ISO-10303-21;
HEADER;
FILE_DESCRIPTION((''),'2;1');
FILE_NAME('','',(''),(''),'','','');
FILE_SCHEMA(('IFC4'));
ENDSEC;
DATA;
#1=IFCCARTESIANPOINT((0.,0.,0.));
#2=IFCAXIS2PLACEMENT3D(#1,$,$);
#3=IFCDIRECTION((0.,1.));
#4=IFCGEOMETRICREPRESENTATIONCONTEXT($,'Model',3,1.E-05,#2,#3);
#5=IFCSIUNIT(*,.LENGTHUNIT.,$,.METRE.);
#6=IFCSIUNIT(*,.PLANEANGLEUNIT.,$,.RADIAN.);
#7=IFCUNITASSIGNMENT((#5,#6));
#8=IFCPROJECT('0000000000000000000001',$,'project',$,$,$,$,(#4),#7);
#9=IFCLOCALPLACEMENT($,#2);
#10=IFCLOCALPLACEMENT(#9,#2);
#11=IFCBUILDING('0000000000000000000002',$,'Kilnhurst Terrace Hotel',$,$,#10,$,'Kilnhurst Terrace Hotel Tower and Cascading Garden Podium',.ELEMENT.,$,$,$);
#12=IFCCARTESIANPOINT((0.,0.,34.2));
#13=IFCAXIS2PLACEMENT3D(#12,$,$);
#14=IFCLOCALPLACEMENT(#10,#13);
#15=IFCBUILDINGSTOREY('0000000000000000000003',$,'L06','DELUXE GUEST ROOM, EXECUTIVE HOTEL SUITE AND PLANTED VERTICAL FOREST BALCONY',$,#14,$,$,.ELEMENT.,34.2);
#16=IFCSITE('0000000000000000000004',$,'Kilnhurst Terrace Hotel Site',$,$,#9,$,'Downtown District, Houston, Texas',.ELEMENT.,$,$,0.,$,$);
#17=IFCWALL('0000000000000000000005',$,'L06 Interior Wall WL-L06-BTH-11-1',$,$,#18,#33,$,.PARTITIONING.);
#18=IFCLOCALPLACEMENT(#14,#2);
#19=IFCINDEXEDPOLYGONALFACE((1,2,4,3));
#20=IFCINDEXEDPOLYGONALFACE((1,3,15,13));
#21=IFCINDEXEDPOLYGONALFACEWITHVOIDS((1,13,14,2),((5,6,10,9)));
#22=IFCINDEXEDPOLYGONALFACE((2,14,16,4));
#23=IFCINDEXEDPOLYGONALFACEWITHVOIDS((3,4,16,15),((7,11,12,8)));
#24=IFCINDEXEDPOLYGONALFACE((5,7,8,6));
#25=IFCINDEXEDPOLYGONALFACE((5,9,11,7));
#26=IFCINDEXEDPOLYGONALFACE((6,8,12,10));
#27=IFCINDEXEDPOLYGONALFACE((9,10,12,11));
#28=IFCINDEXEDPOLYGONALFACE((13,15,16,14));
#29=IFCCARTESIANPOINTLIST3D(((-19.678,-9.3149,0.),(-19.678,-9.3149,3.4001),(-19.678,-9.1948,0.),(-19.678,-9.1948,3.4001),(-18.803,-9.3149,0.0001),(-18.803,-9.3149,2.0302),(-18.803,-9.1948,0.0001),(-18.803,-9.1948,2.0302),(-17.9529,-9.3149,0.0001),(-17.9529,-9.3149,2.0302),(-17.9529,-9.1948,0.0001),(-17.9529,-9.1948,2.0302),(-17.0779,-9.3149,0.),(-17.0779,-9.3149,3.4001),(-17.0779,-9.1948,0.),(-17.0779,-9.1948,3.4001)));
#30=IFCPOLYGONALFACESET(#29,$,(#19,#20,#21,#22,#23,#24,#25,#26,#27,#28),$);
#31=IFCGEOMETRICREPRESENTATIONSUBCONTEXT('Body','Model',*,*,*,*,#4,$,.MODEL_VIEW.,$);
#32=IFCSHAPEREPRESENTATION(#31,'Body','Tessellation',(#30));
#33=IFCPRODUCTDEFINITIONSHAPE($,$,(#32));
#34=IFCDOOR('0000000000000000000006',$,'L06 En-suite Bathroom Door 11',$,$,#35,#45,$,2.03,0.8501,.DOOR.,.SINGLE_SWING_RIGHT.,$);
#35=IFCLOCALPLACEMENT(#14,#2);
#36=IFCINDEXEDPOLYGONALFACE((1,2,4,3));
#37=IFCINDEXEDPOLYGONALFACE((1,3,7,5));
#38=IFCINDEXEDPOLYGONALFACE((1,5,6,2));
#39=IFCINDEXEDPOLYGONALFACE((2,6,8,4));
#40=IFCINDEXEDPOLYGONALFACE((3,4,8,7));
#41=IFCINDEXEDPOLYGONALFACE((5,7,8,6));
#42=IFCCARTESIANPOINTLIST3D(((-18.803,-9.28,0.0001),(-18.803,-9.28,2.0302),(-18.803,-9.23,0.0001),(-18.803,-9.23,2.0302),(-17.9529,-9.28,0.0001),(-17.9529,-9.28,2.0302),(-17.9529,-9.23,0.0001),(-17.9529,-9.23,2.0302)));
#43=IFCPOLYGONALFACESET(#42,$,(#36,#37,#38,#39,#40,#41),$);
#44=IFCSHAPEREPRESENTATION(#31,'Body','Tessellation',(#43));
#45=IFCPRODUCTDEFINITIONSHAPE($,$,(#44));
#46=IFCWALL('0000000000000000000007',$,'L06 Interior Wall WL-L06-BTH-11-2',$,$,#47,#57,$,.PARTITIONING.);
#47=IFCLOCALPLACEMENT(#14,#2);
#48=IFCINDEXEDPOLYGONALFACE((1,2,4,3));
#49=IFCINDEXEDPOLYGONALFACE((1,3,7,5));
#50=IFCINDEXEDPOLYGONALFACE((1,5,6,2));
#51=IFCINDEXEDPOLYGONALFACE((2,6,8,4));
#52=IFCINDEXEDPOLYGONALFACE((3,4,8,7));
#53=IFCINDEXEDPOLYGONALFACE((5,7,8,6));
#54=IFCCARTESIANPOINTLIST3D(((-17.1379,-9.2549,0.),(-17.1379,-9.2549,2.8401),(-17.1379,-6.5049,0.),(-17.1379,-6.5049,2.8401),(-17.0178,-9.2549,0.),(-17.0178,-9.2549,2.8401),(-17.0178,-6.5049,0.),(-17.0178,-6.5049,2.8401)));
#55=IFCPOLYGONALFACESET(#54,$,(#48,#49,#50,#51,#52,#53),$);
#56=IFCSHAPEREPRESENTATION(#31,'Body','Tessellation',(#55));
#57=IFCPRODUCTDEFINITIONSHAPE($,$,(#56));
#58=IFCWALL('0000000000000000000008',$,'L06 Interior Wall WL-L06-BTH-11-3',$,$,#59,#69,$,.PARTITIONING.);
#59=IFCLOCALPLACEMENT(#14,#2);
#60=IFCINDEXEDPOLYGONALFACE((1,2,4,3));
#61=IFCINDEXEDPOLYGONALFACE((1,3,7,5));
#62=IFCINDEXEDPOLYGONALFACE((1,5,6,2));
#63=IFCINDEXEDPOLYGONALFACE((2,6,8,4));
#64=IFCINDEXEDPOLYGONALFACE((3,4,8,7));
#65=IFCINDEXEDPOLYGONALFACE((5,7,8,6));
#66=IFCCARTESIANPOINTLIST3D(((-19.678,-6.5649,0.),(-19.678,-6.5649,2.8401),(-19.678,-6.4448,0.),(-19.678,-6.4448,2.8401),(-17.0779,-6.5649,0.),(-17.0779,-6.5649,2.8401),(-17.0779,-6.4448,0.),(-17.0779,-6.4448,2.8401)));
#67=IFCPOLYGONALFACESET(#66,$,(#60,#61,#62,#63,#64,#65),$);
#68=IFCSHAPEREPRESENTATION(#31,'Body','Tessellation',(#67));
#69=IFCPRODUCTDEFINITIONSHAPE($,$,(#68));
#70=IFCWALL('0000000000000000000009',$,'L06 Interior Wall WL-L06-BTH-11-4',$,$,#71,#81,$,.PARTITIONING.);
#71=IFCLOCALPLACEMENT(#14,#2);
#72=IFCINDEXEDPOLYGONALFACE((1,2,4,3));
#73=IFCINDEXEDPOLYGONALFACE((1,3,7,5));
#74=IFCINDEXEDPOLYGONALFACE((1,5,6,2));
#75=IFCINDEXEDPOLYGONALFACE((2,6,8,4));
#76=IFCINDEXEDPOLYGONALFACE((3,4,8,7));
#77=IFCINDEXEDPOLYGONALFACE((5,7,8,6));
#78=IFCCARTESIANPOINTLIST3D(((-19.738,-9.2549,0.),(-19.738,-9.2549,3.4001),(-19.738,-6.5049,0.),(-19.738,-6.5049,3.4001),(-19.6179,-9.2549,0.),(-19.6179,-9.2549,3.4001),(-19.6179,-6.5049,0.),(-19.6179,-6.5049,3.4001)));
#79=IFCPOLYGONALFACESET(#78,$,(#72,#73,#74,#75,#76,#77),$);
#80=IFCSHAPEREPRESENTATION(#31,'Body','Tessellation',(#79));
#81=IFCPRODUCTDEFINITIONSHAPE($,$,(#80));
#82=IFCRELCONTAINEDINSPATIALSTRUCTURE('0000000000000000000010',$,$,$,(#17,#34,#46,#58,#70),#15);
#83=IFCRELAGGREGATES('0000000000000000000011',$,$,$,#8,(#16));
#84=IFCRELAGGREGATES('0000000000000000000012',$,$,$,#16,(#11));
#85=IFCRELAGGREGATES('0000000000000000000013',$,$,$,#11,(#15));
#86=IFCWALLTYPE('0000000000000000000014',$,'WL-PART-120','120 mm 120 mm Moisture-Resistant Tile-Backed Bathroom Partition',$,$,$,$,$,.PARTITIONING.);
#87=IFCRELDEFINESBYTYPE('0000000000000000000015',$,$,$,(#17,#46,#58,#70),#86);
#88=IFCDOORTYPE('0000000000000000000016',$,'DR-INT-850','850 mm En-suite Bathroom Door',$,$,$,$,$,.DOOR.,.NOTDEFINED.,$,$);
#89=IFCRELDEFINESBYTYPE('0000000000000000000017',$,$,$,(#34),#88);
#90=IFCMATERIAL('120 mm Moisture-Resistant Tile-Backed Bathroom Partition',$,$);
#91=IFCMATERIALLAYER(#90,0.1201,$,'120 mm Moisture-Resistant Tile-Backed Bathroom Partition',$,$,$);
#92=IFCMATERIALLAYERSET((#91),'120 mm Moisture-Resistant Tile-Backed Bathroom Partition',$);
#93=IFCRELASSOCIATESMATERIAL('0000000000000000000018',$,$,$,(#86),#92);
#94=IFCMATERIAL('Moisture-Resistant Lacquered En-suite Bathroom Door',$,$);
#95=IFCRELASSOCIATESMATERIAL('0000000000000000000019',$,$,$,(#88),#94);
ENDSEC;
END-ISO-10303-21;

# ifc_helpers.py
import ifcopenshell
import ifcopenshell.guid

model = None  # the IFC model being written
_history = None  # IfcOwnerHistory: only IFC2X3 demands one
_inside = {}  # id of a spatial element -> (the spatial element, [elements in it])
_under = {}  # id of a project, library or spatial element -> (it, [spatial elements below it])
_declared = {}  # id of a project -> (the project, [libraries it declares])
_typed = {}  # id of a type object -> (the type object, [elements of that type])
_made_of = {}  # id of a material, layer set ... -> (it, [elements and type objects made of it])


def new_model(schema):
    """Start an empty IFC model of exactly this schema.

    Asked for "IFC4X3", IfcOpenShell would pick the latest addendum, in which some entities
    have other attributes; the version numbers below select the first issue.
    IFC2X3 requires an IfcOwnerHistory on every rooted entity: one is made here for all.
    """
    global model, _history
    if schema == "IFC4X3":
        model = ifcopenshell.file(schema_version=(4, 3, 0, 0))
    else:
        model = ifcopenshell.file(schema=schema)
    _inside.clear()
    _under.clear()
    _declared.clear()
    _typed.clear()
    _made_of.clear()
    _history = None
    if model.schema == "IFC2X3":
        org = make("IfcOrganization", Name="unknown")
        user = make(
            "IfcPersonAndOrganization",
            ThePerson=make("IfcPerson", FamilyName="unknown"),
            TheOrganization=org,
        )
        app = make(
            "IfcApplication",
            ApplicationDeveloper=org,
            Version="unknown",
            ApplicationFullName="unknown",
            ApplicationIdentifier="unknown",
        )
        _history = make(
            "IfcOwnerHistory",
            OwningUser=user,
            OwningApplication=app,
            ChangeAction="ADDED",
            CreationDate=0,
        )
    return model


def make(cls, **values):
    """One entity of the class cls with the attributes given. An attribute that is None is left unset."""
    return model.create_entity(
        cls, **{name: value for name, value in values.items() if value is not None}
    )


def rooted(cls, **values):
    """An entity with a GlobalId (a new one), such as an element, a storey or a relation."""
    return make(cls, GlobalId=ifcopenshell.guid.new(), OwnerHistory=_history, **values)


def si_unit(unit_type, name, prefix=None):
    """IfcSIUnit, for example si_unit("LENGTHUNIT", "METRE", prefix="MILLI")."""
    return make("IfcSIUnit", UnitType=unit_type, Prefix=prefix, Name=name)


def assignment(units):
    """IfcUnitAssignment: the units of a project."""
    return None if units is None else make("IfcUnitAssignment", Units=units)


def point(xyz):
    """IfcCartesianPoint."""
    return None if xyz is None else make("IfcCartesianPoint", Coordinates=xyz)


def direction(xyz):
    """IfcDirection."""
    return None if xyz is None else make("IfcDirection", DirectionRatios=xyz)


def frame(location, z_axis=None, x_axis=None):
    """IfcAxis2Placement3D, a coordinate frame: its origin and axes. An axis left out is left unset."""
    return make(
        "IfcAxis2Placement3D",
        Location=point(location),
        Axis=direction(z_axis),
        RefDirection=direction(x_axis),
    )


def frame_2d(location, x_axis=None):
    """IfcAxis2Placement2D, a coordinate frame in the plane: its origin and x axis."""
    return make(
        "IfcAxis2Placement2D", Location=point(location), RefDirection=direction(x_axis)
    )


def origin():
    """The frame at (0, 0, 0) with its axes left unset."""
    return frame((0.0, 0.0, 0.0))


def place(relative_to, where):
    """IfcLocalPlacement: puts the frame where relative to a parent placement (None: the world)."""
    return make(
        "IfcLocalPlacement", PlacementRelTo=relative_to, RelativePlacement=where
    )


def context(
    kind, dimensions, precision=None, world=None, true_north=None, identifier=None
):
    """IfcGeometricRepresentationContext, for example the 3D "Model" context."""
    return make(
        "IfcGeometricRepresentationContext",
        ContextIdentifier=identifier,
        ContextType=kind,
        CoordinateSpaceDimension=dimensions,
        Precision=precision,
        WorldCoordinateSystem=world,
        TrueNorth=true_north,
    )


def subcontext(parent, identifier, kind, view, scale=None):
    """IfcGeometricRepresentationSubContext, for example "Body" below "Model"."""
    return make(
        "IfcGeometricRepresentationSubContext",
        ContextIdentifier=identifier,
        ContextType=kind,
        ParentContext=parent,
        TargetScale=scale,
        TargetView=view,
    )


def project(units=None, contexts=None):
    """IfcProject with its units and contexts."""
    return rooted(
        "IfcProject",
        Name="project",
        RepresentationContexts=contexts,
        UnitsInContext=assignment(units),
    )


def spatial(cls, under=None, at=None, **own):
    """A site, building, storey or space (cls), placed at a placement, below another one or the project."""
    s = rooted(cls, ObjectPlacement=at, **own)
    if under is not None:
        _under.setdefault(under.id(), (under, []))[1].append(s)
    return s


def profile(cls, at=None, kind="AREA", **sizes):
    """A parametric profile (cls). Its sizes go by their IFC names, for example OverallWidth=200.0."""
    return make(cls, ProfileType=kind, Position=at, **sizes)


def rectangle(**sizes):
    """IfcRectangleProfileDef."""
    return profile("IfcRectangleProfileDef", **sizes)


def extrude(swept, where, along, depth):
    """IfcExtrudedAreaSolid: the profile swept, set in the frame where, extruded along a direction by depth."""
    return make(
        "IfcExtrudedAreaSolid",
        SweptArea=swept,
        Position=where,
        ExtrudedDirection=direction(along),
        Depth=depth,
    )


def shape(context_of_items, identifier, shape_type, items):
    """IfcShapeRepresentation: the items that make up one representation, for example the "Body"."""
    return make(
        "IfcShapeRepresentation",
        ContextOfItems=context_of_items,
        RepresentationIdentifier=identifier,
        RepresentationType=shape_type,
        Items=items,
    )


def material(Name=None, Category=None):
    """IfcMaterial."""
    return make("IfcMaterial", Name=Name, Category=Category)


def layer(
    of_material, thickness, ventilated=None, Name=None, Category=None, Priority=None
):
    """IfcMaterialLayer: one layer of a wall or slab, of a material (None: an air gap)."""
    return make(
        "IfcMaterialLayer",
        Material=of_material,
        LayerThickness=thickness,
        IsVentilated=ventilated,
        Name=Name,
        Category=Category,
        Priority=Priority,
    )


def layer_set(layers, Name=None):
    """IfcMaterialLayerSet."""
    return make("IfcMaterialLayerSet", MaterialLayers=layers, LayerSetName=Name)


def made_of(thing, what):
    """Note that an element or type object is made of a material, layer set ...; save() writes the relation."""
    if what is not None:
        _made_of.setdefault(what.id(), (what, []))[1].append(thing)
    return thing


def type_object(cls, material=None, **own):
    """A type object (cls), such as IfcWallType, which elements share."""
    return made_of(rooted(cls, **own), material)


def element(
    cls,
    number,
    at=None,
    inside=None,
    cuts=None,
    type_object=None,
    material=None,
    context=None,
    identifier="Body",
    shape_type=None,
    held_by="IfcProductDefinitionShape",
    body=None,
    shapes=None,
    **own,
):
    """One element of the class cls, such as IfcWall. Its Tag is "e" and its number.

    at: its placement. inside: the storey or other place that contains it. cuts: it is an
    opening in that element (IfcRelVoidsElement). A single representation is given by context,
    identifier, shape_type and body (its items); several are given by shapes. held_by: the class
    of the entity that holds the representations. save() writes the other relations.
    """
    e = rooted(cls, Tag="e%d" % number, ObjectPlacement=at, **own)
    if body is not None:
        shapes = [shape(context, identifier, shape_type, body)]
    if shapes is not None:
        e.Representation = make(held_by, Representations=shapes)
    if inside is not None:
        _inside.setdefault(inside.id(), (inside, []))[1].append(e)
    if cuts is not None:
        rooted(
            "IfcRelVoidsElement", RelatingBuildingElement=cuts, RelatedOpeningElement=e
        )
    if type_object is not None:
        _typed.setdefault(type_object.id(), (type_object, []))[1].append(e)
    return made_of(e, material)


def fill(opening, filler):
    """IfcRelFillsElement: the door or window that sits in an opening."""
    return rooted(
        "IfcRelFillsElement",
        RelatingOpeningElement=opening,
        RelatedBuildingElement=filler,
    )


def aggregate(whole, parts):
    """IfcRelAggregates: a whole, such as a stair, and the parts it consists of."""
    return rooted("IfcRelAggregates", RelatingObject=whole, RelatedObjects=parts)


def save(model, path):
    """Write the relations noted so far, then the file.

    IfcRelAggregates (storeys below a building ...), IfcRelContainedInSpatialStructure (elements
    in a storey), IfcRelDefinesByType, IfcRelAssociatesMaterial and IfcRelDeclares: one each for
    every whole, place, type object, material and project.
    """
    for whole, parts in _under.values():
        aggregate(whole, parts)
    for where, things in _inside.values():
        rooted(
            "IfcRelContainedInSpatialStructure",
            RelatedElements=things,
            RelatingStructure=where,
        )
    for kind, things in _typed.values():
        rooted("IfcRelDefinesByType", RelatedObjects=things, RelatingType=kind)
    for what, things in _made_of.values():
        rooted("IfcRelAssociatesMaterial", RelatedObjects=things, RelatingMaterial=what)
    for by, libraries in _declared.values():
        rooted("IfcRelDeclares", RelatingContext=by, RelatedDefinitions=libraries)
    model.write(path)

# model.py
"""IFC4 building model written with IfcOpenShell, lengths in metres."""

from ifc_helpers import new_model, si_unit, direction, frame, frame_2d, origin, place, context, subcontext, project, spatial, rectangle, extrude, material, layer, layer_set, type_object, element, fill, save


model = new_model("IFC4")

# Units and contexts
model_context = context("Model", 3, precision=1e-05, world=origin(), true_north=direction((0.0, 1.0)))
body_context = subcontext(model_context, "Body", "Model", "MODEL_VIEW")
ifc_project = project(units=[si_unit("LENGTHUNIT", "METRE"), si_unit("PLANEANGLEUNIT", "RADIAN")], contexts=[model_context])

# Site, building, storey
site_placement = place(None, origin())
site = spatial("IfcSite", under=ifc_project, at=site_placement, Name="Kilnhurst Terrace Hotel Site", LongName="Downtown District, Houston, Texas", CompositionType="ELEMENT", RefElevation=0.0)
building_placement = place(site_placement, origin())
building = spatial("IfcBuilding", under=site, at=building_placement, Name="Kilnhurst Terrace Hotel", LongName="Kilnhurst Terrace Hotel Tower and Cascading Garden Podium", CompositionType="ELEMENT")
storey_placement = place(building_placement, frame((0.0, 0.0, 34.2)))
storey = spatial("IfcBuildingStorey", under=building, at=storey_placement, Name="L06", Description="DELUXE GUEST ROOM, EXECUTIVE HOTEL SUITE AND PLANTED VERTICAL FOREST BALCONY", CompositionType="ELEMENT", Elevation=34.2)

# Wall, opening, door
ifc_material_1 = material(Name="120 mm Moisture-Resistant Tile-Backed Bathroom Partition")
ifc_layer_1 = layer(ifc_material_1, 0.1201, Name="120 mm Moisture-Resistant Tile-Backed Bathroom Partition")
ifc_layer_set_1 = layer_set([ifc_layer_1], Name="120 mm Moisture-Resistant Tile-Backed Bathroom Partition")
wall_type_1 = type_object("IfcWallType", Name="WL-PART-120", Description="120 mm 120 mm Moisture-Resistant Tile-Backed Bathroom Partition", PredefinedType="PARTITIONING", material=ifc_layer_set_1)
wall_1_placement = place(storey_placement, frame((-19.678, -9.2549, 0.0), z_axis=(0.0, 0.0, 1.0), x_axis=(1.0, 0.0, 0.0)))
wall_1 = element("IfcWall", 1, at=wall_1_placement, inside=storey, type_object=wall_type_1, Name="L06 Interior Wall WL-L06-BTH-11-1", PredefinedType="PARTITIONING", context=body_context, shape_type="SweptSolid", body=[
    extrude(rectangle(XDim=2.6001, YDim=0.1201, at=frame_2d((1.3, 0.0))), origin(), (0.0, 0.0, 1.0), 3.4001),
])
opening_1_placement = place(wall_1_placement, frame((0.875, 0.0, 0.0)))
opening_1 = element("IfcOpeningElement", 2, at=opening_1_placement, cuts=wall_1, PredefinedType="OPENING", context=body_context, shape_type="SweptSolid", body=[
    extrude(rectangle(XDim=0.8501, YDim=2.03, at=frame_2d((0.425, 1.0151))), frame((0.0, 0.0701, 0.0), z_axis=(0.0, -1.0, 0.0), x_axis=(1.0, 0.0, 0.0)), (0.0, 0.0, 1.0), 0.1401),
])
ifc_material_2 = material(Name="Moisture-Resistant Lacquered En-suite Bathroom Door")
door_type_1 = type_object("IfcDoorType", Name="DR-INT-850", Description="850 mm En-suite Bathroom Door", OperationType="NOTDEFINED", PredefinedType="DOOR", material=ifc_material_2)
door_1_placement = place(opening_1_placement, origin())
door_1 = element("IfcDoor", 3, at=door_1_placement, inside=storey, type_object=door_type_1, Name="L06 En-suite Bathroom Door 11", OperationType="SINGLE_SWING_RIGHT", OverallHeight=2.03, OverallWidth=0.8501, PredefinedType="DOOR", context=body_context, shape_type="SweptSolid", body=[
    extrude(rectangle(XDim=0.8501, YDim=2.03, at=frame_2d((0.425, 1.0151))), frame((0.0, 0.0249, 0.0), z_axis=(0.0, -1.0, 0.0), x_axis=(1.0, 0.0, 0.0)), (0.0, 0.0, 1.0), 0.05),
])
fill(opening_1, door_1)

# Walls
wall_2_placement = place(storey_placement, frame((-17.0779, -9.2549, 0.0), z_axis=(0.0, 0.0, 1.0), x_axis=(0.0, 1.0, 0.0)))
element("IfcWall", 4, at=wall_2_placement, inside=storey, type_object=wall_type_1, Name="L06 Interior Wall WL-L06-BTH-11-2", PredefinedType="PARTITIONING", context=body_context, shape_type="SweptSolid", body=[
    extrude(rectangle(XDim=2.75, YDim=0.1201, at=frame_2d((1.375, 0.0))), origin(), (0.0, 0.0, 1.0), 2.8401),
])
wall_3_placement = place(storey_placement, frame((-17.0779, -6.5049, 0.0), z_axis=(0.0, 0.0, 1.0), x_axis=(-1.0, 0.0, 0.0)))
element("IfcWall", 5, at=wall_3_placement, inside=storey, type_object=wall_type_1, Name="L06 Interior Wall WL-L06-BTH-11-3", PredefinedType="PARTITIONING", context=body_context, shape_type="SweptSolid", body=[
    extrude(rectangle(XDim=2.6001, YDim=0.1201, at=frame_2d((1.3, 0.0))), origin(), (0.0, 0.0, 1.0), 2.8401),
])
wall_4_placement = place(storey_placement, frame((-19.678, -6.5049, 0.0), z_axis=(0.0, 0.0, 1.0), x_axis=(0.0, -1.0, 0.0)))
element("IfcWall", 6, at=wall_4_placement, inside=storey, type_object=wall_type_1, Name="L06 Interior Wall WL-L06-BTH-11-4", PredefinedType="PARTITIONING", context=body_context, shape_type="SweptSolid", body=[
    extrude(rectangle(XDim=2.75, YDim=0.1201, at=frame_2d((1.375, 0.0))), origin(), (0.0, 0.0, 1.0), 3.4001),
])

save(model, "model.ifc")
